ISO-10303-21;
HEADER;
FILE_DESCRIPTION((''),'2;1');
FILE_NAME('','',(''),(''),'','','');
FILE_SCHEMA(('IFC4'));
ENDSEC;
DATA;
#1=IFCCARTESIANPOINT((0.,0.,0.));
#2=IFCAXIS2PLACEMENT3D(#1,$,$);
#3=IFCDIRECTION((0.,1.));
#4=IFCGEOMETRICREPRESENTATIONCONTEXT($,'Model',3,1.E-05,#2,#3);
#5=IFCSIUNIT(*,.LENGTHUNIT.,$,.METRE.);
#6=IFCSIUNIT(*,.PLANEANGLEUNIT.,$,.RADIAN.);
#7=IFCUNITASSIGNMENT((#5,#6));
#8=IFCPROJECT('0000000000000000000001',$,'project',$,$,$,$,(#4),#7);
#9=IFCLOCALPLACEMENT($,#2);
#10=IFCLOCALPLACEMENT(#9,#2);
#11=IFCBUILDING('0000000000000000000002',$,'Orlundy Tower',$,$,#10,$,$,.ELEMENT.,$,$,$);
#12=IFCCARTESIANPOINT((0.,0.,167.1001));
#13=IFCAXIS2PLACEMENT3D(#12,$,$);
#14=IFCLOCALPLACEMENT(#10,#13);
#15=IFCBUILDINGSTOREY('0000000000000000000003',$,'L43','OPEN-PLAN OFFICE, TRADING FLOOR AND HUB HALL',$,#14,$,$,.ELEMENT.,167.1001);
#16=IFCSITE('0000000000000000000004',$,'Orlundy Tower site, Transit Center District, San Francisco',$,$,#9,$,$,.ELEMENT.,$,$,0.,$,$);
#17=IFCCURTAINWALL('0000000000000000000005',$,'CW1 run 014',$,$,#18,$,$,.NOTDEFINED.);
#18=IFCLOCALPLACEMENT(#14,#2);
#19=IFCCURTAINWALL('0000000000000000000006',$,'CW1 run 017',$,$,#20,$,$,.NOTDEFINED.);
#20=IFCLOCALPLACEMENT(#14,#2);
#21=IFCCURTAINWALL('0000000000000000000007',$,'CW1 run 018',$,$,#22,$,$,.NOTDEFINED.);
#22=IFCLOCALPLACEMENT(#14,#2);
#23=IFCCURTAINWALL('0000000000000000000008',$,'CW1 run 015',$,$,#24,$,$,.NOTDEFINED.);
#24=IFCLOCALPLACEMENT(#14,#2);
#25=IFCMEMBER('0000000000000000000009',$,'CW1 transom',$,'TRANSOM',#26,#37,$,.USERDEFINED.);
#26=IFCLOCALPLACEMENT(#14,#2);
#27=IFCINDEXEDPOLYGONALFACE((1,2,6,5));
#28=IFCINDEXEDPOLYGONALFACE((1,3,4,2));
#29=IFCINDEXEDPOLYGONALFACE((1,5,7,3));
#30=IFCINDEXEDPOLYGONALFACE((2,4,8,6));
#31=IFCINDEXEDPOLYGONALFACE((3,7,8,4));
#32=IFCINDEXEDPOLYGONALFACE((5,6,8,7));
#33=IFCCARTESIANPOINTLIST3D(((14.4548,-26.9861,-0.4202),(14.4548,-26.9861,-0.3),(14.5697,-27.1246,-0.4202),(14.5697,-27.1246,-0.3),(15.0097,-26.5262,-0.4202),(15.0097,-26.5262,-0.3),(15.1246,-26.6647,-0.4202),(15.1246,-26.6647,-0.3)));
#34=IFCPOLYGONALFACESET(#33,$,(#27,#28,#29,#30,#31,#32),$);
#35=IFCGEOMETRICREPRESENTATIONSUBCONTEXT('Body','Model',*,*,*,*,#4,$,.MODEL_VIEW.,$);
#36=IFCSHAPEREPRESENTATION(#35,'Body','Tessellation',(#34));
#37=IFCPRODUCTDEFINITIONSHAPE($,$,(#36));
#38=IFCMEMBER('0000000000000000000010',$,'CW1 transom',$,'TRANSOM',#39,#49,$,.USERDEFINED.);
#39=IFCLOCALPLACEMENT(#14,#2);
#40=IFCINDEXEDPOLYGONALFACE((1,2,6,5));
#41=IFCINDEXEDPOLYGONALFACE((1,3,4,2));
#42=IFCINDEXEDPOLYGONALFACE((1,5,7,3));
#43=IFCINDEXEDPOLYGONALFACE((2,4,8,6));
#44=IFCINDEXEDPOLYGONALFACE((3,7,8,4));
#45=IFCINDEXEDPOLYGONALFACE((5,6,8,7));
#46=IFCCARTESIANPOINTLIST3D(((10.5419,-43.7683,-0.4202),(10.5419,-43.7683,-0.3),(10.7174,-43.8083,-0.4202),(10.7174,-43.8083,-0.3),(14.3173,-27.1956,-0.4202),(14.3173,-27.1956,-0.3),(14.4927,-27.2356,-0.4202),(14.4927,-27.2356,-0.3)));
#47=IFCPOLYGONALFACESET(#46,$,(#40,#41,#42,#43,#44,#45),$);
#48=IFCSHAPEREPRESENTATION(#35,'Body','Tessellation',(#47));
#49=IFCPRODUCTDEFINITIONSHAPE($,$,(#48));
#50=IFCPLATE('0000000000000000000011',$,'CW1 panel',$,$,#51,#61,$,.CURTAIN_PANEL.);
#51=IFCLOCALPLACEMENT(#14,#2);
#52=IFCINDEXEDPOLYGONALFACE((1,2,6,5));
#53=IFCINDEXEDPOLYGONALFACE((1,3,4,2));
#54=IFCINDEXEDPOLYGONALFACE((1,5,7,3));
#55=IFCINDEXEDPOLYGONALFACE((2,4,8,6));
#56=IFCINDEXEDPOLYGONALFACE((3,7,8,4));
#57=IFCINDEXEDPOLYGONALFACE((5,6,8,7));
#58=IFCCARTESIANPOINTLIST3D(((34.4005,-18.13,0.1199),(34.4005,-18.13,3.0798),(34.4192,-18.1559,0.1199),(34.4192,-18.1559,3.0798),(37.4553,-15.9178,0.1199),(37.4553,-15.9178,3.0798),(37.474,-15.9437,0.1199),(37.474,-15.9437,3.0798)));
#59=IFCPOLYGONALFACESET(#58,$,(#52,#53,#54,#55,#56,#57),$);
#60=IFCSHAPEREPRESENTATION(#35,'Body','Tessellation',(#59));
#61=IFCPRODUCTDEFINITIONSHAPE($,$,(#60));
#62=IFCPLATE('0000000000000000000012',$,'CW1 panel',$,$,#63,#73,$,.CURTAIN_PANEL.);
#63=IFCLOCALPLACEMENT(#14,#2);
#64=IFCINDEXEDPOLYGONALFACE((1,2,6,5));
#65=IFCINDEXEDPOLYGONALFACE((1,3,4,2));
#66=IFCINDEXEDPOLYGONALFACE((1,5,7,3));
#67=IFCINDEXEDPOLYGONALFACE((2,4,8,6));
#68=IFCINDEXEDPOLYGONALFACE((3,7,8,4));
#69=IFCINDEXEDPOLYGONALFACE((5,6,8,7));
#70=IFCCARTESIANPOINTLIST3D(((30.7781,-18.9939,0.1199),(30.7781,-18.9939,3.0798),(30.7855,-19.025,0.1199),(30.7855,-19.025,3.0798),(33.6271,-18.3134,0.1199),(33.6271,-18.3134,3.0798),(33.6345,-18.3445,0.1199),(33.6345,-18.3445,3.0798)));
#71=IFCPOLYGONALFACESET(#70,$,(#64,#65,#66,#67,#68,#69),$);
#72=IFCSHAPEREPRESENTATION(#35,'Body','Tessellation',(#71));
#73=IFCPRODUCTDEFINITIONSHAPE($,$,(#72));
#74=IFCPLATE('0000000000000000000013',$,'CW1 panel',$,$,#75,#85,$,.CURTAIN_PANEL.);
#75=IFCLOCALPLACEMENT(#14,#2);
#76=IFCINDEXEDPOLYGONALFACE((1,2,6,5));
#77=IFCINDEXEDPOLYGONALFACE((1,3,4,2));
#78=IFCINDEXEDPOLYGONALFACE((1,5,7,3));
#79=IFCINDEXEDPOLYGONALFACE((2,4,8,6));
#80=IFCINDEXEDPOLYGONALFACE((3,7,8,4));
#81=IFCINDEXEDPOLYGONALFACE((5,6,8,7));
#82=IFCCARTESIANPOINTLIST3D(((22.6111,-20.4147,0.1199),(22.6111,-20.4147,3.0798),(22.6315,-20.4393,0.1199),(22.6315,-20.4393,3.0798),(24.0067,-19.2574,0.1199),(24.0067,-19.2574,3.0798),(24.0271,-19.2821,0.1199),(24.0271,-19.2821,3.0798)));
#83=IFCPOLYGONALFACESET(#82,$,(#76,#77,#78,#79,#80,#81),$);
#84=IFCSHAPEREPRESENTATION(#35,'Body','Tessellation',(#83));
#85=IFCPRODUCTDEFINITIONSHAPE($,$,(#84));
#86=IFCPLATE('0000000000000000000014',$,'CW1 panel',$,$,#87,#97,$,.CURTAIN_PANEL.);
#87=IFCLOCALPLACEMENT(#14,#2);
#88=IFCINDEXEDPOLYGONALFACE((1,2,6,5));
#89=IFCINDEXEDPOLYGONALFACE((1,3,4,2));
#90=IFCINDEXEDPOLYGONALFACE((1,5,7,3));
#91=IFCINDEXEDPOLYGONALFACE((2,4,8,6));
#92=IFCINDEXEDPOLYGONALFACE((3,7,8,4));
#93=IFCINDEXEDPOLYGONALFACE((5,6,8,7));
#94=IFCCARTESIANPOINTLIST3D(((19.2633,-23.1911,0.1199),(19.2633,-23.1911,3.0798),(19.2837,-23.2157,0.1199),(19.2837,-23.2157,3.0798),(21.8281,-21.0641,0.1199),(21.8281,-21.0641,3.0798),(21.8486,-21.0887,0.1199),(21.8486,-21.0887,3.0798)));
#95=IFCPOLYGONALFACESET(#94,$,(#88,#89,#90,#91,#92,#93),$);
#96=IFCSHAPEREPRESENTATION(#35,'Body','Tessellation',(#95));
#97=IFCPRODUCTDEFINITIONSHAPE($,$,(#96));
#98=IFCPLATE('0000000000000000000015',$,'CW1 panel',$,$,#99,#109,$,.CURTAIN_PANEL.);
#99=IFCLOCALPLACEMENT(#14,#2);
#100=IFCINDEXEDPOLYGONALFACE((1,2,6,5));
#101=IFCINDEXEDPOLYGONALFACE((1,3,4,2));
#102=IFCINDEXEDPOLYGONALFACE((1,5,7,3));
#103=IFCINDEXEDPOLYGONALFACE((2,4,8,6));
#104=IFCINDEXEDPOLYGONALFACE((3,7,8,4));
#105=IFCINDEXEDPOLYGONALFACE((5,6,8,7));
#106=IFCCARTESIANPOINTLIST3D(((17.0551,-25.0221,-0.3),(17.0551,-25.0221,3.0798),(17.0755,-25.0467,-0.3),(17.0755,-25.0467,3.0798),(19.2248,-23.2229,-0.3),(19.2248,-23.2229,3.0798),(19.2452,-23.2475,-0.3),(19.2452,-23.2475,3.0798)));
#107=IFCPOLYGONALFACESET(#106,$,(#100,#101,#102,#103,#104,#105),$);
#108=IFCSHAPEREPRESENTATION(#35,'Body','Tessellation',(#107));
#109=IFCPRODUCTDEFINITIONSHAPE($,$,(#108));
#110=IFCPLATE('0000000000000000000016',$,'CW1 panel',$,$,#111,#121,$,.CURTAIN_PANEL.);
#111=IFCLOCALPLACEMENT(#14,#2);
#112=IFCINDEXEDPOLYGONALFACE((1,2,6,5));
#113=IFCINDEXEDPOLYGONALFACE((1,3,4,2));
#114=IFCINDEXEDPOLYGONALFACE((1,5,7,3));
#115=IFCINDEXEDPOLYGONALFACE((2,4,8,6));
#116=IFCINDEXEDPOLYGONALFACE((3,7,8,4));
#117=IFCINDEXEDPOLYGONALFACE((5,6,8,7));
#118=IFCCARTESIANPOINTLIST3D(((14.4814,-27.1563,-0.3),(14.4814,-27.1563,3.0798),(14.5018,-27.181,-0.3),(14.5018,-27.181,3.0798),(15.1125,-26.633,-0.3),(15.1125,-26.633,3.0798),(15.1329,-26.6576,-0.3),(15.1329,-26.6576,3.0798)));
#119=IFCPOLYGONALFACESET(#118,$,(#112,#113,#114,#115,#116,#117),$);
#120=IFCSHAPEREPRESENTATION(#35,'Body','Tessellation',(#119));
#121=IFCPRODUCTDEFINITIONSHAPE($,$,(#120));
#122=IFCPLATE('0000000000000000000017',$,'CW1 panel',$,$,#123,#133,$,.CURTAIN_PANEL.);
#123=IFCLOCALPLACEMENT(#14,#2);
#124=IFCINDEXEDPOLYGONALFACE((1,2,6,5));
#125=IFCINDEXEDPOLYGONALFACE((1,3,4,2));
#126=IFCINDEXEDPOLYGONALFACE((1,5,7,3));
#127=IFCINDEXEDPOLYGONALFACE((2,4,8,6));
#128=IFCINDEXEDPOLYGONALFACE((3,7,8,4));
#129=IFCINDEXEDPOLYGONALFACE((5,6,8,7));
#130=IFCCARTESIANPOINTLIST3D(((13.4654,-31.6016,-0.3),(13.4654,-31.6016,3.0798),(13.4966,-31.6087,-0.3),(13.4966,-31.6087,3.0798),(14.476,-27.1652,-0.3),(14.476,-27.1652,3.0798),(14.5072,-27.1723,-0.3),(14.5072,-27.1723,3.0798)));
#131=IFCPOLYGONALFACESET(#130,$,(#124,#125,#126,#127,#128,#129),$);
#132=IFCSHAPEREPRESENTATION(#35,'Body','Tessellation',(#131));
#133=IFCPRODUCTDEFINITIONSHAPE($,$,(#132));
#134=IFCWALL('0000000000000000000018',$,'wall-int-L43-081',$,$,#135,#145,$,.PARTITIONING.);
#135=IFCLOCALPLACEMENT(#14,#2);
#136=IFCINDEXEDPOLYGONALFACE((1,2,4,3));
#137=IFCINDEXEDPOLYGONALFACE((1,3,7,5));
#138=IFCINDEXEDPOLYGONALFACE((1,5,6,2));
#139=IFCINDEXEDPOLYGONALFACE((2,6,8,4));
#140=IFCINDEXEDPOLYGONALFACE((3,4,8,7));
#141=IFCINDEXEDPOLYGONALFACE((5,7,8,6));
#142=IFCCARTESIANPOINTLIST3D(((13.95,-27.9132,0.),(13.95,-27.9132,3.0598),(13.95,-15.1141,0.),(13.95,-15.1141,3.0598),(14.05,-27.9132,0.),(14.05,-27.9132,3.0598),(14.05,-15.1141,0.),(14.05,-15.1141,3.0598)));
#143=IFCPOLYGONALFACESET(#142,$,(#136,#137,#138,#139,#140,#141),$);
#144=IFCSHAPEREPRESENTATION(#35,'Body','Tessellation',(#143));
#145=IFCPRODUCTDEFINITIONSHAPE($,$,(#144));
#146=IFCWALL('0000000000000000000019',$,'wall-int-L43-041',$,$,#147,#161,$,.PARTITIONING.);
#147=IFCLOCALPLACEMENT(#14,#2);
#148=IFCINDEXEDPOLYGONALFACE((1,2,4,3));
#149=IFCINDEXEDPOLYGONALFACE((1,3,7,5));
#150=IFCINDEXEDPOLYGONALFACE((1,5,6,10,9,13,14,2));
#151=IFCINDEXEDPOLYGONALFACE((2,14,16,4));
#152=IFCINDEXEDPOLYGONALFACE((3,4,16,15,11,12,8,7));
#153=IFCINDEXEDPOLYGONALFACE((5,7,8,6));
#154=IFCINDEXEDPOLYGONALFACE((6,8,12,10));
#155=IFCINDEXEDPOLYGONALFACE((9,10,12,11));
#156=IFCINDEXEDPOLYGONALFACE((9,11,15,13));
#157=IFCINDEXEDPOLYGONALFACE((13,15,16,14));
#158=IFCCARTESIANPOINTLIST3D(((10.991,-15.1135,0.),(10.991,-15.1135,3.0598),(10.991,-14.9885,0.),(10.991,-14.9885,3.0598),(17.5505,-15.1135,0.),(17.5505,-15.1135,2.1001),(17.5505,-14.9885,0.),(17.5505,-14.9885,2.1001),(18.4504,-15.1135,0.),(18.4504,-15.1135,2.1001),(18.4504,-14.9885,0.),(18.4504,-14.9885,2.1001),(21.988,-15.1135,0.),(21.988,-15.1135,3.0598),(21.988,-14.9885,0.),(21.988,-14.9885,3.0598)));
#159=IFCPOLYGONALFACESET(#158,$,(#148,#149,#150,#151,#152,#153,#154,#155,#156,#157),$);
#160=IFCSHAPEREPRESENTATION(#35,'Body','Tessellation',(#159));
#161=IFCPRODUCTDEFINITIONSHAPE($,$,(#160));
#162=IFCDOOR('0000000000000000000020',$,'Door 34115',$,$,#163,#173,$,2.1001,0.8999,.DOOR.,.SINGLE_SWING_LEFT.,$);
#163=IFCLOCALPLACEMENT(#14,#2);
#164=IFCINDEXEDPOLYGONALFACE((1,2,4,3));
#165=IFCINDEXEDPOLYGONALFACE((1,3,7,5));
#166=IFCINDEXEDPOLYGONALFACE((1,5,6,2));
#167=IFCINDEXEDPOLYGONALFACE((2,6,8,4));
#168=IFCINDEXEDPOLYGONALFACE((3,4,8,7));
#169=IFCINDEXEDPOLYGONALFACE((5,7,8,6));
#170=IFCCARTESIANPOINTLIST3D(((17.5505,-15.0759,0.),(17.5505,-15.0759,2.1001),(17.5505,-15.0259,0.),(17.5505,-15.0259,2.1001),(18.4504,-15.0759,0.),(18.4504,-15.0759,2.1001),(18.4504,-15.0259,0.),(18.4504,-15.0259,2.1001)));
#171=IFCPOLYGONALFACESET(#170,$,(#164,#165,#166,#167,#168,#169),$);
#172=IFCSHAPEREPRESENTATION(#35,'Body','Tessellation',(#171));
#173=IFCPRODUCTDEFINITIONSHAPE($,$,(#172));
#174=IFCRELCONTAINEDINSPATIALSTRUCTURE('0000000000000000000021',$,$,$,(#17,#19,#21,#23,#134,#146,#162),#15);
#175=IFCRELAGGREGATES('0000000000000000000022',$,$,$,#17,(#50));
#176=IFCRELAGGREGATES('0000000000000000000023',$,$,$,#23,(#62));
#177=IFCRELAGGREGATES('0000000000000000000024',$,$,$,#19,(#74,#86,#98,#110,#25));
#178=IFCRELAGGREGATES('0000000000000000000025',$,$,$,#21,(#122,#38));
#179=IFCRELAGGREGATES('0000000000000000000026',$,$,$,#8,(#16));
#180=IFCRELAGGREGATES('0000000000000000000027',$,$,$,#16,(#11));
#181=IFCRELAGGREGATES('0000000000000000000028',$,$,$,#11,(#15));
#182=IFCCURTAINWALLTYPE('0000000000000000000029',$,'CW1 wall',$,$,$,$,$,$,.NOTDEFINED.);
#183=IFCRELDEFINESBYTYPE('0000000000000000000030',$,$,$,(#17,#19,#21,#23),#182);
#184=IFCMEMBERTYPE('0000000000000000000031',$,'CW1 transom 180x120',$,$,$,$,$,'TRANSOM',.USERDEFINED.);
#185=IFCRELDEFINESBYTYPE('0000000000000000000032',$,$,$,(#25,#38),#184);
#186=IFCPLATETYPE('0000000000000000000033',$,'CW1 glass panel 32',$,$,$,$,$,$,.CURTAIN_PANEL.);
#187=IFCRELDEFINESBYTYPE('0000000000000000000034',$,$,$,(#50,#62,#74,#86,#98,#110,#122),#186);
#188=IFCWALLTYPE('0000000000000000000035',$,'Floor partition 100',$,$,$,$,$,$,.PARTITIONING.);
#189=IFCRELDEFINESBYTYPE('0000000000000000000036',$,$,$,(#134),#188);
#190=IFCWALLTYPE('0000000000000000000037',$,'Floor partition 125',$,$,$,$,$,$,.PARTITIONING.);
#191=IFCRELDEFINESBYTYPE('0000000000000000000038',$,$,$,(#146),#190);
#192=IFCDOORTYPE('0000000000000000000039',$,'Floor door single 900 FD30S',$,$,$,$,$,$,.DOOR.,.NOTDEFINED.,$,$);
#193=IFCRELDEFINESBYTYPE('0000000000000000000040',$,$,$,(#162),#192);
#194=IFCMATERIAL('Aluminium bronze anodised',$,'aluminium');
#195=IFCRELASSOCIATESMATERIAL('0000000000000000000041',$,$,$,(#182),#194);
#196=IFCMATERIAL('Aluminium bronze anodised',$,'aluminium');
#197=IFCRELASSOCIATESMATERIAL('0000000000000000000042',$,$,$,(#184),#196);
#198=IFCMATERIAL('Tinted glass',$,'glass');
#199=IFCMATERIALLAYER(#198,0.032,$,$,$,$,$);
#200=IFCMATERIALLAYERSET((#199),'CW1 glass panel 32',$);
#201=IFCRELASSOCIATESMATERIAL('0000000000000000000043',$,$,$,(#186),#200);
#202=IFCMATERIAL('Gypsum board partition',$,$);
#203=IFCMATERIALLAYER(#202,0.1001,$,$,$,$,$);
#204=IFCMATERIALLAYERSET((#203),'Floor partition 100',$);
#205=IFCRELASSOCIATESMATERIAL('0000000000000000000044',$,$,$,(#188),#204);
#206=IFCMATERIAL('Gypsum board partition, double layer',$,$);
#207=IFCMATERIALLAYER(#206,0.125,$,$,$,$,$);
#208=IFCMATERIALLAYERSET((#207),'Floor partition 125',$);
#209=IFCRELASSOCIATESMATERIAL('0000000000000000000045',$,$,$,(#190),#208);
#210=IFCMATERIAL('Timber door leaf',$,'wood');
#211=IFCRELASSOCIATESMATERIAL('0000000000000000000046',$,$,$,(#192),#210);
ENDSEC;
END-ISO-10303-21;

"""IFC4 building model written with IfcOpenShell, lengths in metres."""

from ifc_helpers import new_model, si_unit, direction, frame, frame_2d, origin, origin_2d, place, context, subcontext, project, spatial, rectangle, extrude, material, layer, layer_set, material_profile, profile_set, type_object, element, fill, aggregate, save


model = new_model("IFC4")

# Units and contexts
model_context = context("Model", 3, precision=1e-05, world=origin(), true_north=direction((0.0, 1.0)))
body_context = subcontext(model_context, "Body", "Model", "MODEL_VIEW")
ifc_project = project(units=[si_unit("LENGTHUNIT", "METRE"), si_unit("PLANEANGLEUNIT", "RADIAN")], contexts=[model_context])

# Site, building, storey
site_placement = place(None, origin())
site = spatial("IfcSite", under=ifc_project, at=site_placement, Name="Orlundy Tower site, Transit Center District, San Francisco", CompositionType="ELEMENT", RefElevation=0.0)
building_placement = place(site_placement, origin())
building = spatial("IfcBuilding", under=site, at=building_placement, Name="Orlundy Tower", CompositionType="ELEMENT")
storey_placement = place(building_placement, frame((0.0, 0.0, 167.1001)))
storey = spatial("IfcBuildingStorey", under=building, at=storey_placement, Name="L43", Description="OPEN-PLAN OFFICE, TRADING FLOOR AND HUB HALL", CompositionType="ELEMENT", Elevation=167.1001)

# Curtain walls
ifc_material_1 = material(Name="Aluminium bronze anodised", Category="aluminium")
curtain_wall_type = type_object("IfcCurtainWallType", Name="CW1 wall", PredefinedType="NOTDEFINED", material=ifc_material_1)
curtain_wall_1_placement = place(storey_placement, origin())
curtain_wall_1 = element("IfcCurtainWall", 1, at=curtain_wall_1_placement, inside=storey, type_object=curtain_wall_type, Name="CW1 run 014", PredefinedType="NOTDEFINED")
curtain_wall_2_placement = place(storey_placement, origin())
curtain_wall_2 = element("IfcCurtainWall", 2, at=curtain_wall_2_placement, inside=storey, type_object=curtain_wall_type, Name="CW1 run 017", PredefinedType="NOTDEFINED")
curtain_wall_3_placement = place(storey_placement, origin())
curtain_wall_3 = element("IfcCurtainWall", 3, at=curtain_wall_3_placement, inside=storey, type_object=curtain_wall_type, Name="CW1 run 018", PredefinedType="NOTDEFINED")

# Shared definitions
ifc_material_2 = material(Name="Aluminium bronze anodised", Category="aluminium")
ifc_material_profile_1 = material_profile(ifc_material_2, rectangle(XDim=0.1799, YDim=0.1201, at=origin_2d()), Name="CW1 transom 180x120")
ifc_profile_set_1 = profile_set([ifc_material_profile_1], Name="Aluminium bronze anodised")
member_type_1 = type_object("IfcMemberType", Name="CW1 transom 180x120", ElementType="TRANSOM", PredefinedType="USERDEFINED", material=ifc_profile_set_1)

# Curtain wall
curtain_wall_4_placement = place(storey_placement, origin())
curtain_wall_4 = element("IfcCurtainWall", 4, at=curtain_wall_4_placement, inside=storey, type_object=curtain_wall_type, Name="CW1 run 015", PredefinedType="NOTDEFINED")

# Members
member_1_placement = place(storey_placement, frame((15.0671, -26.5955, -0.3601), z_axis=(-0.769912, -0.63815, 0.0), x_axis=(0.63815, -0.769912, 0.0)))
member_1 = element("IfcMember", 5, at=member_1_placement, type_object=member_type_1, Name="CW1 transom", ObjectType="TRANSOM", PredefinedType="USERDEFINED", context=body_context, shape_type="SweptSolid", body=[
    extrude(rectangle(XDim=0.1799, YDim=0.1201, at=origin_2d()), origin(), (0.0, 0.0, 1.0), 0.7207),
])
member_2_placement = place(storey_placement, frame((14.405, -27.2156, -0.3601), z_axis=(-0.222116, -0.97502, 0.0), x_axis=(0.97502, -0.222116, 0.0)))
member_2 = element("IfcMember", 6, at=member_2_placement, type_object=member_type_1, Name="CW1 transom", ObjectType="TRANSOM", PredefinedType="USERDEFINED", context=body_context, shape_type="SweptSolid", body=[
    extrude(rectangle(XDim=0.1799, YDim=0.1201, at=origin_2d()), origin(), (0.0, 0.0, 1.0), 16.9973),
])

# Plates
ifc_material_3 = material(Name="Tinted glass", Category="glass")
ifc_layer_1 = layer(ifc_material_3, 0.032)
ifc_layer_set_1 = layer_set([ifc_layer_1], Name="CW1 glass panel 32")
plate_type = type_object("IfcPlateType", Name="CW1 glass panel 32", PredefinedType="CURTAIN_PANEL", material=ifc_layer_set_1)
plate_1_placement = place(storey_placement, frame((35.9373, -17.0369, 0.1199), z_axis=(0.0, 0.0, 1.0), x_axis=(-0.809924, -0.586534, 0.0)))
plate_1 = element("IfcPlate", 7, at=plate_1_placement, type_object=plate_type, Name="CW1 panel", PredefinedType="CURTAIN_PANEL", context=body_context, shape_type="SweptSolid", body=[
    extrude(rectangle(XDim=3.7717, YDim=0.032, at=origin_2d()), origin(), (0.0, 0.0, 1.0), 2.96),
])
aggregate(curtain_wall_1, [plate_1])
plate_2_placement = place(storey_placement, frame((32.2063, -18.6692, 0.1199), z_axis=(0.0, 0.0, 1.0), x_axis=(-0.972644, -0.232301, 0.0)))
plate_2 = element("IfcPlate", 8, at=plate_2_placement, type_object=plate_type, Name="CW1 panel", PredefinedType="CURTAIN_PANEL", context=body_context, shape_type="SweptSolid", body=[
    extrude(rectangle(XDim=2.9292, YDim=0.032, at=origin_2d()), origin(), (0.0, 0.0, 1.0), 2.96),
])
aggregate(curtain_wall_4, [plate_2])
plate_3_placement = place(storey_placement, frame((23.3191, -19.8484, 0.1199), z_axis=(0.0, 0.0, 1.0), x_axis=(-0.769762, -0.638331, 0.0)))
plate_3 = element("IfcPlate", 9, at=plate_3_placement, type_object=plate_type, Name="CW1 panel", PredefinedType="CURTAIN_PANEL", context=body_context, shape_type="SweptSolid", body=[
    extrude(rectangle(XDim=1.813, YDim=0.032, at=origin_2d()), origin(), (0.0, 0.0, 1.0), 2.96),
])
plate_4_placement = place(storey_placement, frame((20.5559, -22.1399, 0.1199), z_axis=(0.0, 0.0, 1.0), x_axis=(-0.769762, -0.638331, 0.0)))
plate_4 = element("IfcPlate", 10, at=plate_4_placement, type_object=plate_type, Name="CW1 panel", PredefinedType="CURTAIN_PANEL", context=body_context, shape_type="SweptSolid", body=[
    extrude(rectangle(XDim=3.332, YDim=0.032, at=origin_2d()), origin(), (0.0, 0.0, 1.0), 2.96),
])
plate_5_placement = place(storey_placement, frame((18.1501, -24.1348, -0.3), z_axis=(0.0, 0.0, 1.0), x_axis=(-0.769762, -0.638331, 0.0)))
plate_5 = element("IfcPlate", 11, at=plate_5_placement, type_object=plate_type, Name="CW1 panel", PredefinedType="CURTAIN_PANEL", context=body_context, shape_type="SweptSolid", body=[
    extrude(rectangle(XDim=2.8186, YDim=0.032, at=origin_2d()), origin(), (0.0, 0.0, 1.0), 3.3799),
])
plate_6_placement = place(storey_placement, frame((14.8071, -26.907, -0.3), z_axis=(0.0, 0.0, 1.0), x_axis=(-0.769762, -0.638331, 0.0)))
plate_6 = element("IfcPlate", 12, at=plate_6_placement, type_object=plate_type, Name="CW1 panel", PredefinedType="CURTAIN_PANEL", context=body_context, shape_type="SweptSolid", body=[
    extrude(rectangle(XDim=0.8198, YDim=0.032, at=origin_2d()), origin(), (0.0, 0.0, 1.0), 3.3799),
])
aggregate(curtain_wall_2, [plate_3, plate_4, plate_5, plate_6, member_1])
plate_7_placement = place(storey_placement, frame((13.9863, -29.387, -0.3), z_axis=(0.0, 0.0, 1.0), x_axis=(-0.222106, -0.975022, 0.0)))
plate_7 = element("IfcPlate", 13, at=plate_7_placement, type_object=plate_type, Name="CW1 panel", PredefinedType="CURTAIN_PANEL", context=body_context, shape_type="SweptSolid", body=[
    extrude(rectangle(XDim=4.55, YDim=0.032, at=origin_2d()), origin(), (0.0, 0.0, 1.0), 3.3799),
])
aggregate(curtain_wall_3, [plate_7, member_2])

# Wall
ifc_material_4 = material(Name="Gypsum board partition")
ifc_layer_2 = layer(ifc_material_4, 0.1001)
ifc_layer_set_2 = layer_set([ifc_layer_2], Name="Floor partition 100")
wall_type_1 = type_object("IfcWallType", Name="Floor partition 100", PredefinedType="PARTITIONING", material=ifc_layer_set_2)
wall_1_placement = place(storey_placement, frame((14.0, -27.9131, 0.0), z_axis=(0.0, 0.0, 1.0), x_axis=(0.0, 1.0, 0.0)))
element("IfcWall", 14, at=wall_1_placement, inside=storey, type_object=wall_type_1, Name="wall-int-L43-081", PredefinedType="PARTITIONING", context=body_context, shape_type="SweptSolid", body=[
    extrude(rectangle(XDim=12.7991, YDim=0.1001, at=frame_2d((6.3994, 0.0))), origin(), (0.0, 0.0, 1.0), 3.0598),
])

# Wall, opening, door
ifc_material_5 = material(Name="Gypsum board partition, double layer")
ifc_layer_3 = layer(ifc_material_5, 0.125)
ifc_layer_set_3 = layer_set([ifc_layer_3], Name="Floor partition 125")
wall_type_2 = type_object("IfcWallType", Name="Floor partition 125", PredefinedType="PARTITIONING", material=ifc_layer_set_3)
wall_2_placement = place(storey_placement, frame((21.988, -15.051, 0.0), z_axis=(0.0, 0.0, 1.0), x_axis=(-1.0, 0.0, 0.0)))
wall_2 = element("IfcWall", 15, at=wall_2_placement, inside=storey, type_object=wall_type_2, Name="wall-int-L43-041", PredefinedType="PARTITIONING", context=body_context, shape_type="SweptSolid", body=[
    extrude(rectangle(XDim=10.9971, YDim=0.125, at=frame_2d((5.4985, 0.0))), origin(), (0.0, 0.0, 1.0), 3.0598),
])
opening_1_placement = place(wall_2_placement, frame((3.5376, 0.0, 0.0)))
opening_1 = element("IfcOpeningElement", 16, at=opening_1_placement, cuts=wall_2, PredefinedType="OPENING", context=body_context, shape_type="SweptSolid", body=[
    extrude(rectangle(XDim=0.8999, YDim=2.1001, at=frame_2d((0.45, 1.05))), frame((0.0, 0.0725, 0.0), z_axis=(0.0, -1.0, 0.0), x_axis=(1.0, 0.0, 0.0)), (0.0, 0.0, 1.0), 0.145),
])
ifc_material_6 = material(Name="Timber door leaf", Category="wood")
door_type_1 = type_object("IfcDoorType", Name="Floor door single 900 FD30S", OperationType="NOTDEFINED", PredefinedType="DOOR", material=ifc_material_6)
door_1_placement = place(opening_1_placement, origin())
door_1 = element("IfcDoor", 17, at=door_1_placement, inside=storey, type_object=door_type_1, Name="Door 34115", OperationType="SINGLE_SWING_LEFT", OverallHeight=2.1001, OverallWidth=0.8999, PredefinedType="DOOR", context=body_context, shape_type="SweptSolid", body=[
    extrude(rectangle(XDim=0.8999, YDim=2.1001, at=frame_2d((0.45, 1.05))), frame((0.0, 0.0249, 0.0), z_axis=(0.0, -1.0, 0.0), x_axis=(1.0, 0.0, 0.0)), (0.0, 0.0, 1.0), 0.05),
])
fill(opening_1, door_1)

save(model, "model.ifc")
